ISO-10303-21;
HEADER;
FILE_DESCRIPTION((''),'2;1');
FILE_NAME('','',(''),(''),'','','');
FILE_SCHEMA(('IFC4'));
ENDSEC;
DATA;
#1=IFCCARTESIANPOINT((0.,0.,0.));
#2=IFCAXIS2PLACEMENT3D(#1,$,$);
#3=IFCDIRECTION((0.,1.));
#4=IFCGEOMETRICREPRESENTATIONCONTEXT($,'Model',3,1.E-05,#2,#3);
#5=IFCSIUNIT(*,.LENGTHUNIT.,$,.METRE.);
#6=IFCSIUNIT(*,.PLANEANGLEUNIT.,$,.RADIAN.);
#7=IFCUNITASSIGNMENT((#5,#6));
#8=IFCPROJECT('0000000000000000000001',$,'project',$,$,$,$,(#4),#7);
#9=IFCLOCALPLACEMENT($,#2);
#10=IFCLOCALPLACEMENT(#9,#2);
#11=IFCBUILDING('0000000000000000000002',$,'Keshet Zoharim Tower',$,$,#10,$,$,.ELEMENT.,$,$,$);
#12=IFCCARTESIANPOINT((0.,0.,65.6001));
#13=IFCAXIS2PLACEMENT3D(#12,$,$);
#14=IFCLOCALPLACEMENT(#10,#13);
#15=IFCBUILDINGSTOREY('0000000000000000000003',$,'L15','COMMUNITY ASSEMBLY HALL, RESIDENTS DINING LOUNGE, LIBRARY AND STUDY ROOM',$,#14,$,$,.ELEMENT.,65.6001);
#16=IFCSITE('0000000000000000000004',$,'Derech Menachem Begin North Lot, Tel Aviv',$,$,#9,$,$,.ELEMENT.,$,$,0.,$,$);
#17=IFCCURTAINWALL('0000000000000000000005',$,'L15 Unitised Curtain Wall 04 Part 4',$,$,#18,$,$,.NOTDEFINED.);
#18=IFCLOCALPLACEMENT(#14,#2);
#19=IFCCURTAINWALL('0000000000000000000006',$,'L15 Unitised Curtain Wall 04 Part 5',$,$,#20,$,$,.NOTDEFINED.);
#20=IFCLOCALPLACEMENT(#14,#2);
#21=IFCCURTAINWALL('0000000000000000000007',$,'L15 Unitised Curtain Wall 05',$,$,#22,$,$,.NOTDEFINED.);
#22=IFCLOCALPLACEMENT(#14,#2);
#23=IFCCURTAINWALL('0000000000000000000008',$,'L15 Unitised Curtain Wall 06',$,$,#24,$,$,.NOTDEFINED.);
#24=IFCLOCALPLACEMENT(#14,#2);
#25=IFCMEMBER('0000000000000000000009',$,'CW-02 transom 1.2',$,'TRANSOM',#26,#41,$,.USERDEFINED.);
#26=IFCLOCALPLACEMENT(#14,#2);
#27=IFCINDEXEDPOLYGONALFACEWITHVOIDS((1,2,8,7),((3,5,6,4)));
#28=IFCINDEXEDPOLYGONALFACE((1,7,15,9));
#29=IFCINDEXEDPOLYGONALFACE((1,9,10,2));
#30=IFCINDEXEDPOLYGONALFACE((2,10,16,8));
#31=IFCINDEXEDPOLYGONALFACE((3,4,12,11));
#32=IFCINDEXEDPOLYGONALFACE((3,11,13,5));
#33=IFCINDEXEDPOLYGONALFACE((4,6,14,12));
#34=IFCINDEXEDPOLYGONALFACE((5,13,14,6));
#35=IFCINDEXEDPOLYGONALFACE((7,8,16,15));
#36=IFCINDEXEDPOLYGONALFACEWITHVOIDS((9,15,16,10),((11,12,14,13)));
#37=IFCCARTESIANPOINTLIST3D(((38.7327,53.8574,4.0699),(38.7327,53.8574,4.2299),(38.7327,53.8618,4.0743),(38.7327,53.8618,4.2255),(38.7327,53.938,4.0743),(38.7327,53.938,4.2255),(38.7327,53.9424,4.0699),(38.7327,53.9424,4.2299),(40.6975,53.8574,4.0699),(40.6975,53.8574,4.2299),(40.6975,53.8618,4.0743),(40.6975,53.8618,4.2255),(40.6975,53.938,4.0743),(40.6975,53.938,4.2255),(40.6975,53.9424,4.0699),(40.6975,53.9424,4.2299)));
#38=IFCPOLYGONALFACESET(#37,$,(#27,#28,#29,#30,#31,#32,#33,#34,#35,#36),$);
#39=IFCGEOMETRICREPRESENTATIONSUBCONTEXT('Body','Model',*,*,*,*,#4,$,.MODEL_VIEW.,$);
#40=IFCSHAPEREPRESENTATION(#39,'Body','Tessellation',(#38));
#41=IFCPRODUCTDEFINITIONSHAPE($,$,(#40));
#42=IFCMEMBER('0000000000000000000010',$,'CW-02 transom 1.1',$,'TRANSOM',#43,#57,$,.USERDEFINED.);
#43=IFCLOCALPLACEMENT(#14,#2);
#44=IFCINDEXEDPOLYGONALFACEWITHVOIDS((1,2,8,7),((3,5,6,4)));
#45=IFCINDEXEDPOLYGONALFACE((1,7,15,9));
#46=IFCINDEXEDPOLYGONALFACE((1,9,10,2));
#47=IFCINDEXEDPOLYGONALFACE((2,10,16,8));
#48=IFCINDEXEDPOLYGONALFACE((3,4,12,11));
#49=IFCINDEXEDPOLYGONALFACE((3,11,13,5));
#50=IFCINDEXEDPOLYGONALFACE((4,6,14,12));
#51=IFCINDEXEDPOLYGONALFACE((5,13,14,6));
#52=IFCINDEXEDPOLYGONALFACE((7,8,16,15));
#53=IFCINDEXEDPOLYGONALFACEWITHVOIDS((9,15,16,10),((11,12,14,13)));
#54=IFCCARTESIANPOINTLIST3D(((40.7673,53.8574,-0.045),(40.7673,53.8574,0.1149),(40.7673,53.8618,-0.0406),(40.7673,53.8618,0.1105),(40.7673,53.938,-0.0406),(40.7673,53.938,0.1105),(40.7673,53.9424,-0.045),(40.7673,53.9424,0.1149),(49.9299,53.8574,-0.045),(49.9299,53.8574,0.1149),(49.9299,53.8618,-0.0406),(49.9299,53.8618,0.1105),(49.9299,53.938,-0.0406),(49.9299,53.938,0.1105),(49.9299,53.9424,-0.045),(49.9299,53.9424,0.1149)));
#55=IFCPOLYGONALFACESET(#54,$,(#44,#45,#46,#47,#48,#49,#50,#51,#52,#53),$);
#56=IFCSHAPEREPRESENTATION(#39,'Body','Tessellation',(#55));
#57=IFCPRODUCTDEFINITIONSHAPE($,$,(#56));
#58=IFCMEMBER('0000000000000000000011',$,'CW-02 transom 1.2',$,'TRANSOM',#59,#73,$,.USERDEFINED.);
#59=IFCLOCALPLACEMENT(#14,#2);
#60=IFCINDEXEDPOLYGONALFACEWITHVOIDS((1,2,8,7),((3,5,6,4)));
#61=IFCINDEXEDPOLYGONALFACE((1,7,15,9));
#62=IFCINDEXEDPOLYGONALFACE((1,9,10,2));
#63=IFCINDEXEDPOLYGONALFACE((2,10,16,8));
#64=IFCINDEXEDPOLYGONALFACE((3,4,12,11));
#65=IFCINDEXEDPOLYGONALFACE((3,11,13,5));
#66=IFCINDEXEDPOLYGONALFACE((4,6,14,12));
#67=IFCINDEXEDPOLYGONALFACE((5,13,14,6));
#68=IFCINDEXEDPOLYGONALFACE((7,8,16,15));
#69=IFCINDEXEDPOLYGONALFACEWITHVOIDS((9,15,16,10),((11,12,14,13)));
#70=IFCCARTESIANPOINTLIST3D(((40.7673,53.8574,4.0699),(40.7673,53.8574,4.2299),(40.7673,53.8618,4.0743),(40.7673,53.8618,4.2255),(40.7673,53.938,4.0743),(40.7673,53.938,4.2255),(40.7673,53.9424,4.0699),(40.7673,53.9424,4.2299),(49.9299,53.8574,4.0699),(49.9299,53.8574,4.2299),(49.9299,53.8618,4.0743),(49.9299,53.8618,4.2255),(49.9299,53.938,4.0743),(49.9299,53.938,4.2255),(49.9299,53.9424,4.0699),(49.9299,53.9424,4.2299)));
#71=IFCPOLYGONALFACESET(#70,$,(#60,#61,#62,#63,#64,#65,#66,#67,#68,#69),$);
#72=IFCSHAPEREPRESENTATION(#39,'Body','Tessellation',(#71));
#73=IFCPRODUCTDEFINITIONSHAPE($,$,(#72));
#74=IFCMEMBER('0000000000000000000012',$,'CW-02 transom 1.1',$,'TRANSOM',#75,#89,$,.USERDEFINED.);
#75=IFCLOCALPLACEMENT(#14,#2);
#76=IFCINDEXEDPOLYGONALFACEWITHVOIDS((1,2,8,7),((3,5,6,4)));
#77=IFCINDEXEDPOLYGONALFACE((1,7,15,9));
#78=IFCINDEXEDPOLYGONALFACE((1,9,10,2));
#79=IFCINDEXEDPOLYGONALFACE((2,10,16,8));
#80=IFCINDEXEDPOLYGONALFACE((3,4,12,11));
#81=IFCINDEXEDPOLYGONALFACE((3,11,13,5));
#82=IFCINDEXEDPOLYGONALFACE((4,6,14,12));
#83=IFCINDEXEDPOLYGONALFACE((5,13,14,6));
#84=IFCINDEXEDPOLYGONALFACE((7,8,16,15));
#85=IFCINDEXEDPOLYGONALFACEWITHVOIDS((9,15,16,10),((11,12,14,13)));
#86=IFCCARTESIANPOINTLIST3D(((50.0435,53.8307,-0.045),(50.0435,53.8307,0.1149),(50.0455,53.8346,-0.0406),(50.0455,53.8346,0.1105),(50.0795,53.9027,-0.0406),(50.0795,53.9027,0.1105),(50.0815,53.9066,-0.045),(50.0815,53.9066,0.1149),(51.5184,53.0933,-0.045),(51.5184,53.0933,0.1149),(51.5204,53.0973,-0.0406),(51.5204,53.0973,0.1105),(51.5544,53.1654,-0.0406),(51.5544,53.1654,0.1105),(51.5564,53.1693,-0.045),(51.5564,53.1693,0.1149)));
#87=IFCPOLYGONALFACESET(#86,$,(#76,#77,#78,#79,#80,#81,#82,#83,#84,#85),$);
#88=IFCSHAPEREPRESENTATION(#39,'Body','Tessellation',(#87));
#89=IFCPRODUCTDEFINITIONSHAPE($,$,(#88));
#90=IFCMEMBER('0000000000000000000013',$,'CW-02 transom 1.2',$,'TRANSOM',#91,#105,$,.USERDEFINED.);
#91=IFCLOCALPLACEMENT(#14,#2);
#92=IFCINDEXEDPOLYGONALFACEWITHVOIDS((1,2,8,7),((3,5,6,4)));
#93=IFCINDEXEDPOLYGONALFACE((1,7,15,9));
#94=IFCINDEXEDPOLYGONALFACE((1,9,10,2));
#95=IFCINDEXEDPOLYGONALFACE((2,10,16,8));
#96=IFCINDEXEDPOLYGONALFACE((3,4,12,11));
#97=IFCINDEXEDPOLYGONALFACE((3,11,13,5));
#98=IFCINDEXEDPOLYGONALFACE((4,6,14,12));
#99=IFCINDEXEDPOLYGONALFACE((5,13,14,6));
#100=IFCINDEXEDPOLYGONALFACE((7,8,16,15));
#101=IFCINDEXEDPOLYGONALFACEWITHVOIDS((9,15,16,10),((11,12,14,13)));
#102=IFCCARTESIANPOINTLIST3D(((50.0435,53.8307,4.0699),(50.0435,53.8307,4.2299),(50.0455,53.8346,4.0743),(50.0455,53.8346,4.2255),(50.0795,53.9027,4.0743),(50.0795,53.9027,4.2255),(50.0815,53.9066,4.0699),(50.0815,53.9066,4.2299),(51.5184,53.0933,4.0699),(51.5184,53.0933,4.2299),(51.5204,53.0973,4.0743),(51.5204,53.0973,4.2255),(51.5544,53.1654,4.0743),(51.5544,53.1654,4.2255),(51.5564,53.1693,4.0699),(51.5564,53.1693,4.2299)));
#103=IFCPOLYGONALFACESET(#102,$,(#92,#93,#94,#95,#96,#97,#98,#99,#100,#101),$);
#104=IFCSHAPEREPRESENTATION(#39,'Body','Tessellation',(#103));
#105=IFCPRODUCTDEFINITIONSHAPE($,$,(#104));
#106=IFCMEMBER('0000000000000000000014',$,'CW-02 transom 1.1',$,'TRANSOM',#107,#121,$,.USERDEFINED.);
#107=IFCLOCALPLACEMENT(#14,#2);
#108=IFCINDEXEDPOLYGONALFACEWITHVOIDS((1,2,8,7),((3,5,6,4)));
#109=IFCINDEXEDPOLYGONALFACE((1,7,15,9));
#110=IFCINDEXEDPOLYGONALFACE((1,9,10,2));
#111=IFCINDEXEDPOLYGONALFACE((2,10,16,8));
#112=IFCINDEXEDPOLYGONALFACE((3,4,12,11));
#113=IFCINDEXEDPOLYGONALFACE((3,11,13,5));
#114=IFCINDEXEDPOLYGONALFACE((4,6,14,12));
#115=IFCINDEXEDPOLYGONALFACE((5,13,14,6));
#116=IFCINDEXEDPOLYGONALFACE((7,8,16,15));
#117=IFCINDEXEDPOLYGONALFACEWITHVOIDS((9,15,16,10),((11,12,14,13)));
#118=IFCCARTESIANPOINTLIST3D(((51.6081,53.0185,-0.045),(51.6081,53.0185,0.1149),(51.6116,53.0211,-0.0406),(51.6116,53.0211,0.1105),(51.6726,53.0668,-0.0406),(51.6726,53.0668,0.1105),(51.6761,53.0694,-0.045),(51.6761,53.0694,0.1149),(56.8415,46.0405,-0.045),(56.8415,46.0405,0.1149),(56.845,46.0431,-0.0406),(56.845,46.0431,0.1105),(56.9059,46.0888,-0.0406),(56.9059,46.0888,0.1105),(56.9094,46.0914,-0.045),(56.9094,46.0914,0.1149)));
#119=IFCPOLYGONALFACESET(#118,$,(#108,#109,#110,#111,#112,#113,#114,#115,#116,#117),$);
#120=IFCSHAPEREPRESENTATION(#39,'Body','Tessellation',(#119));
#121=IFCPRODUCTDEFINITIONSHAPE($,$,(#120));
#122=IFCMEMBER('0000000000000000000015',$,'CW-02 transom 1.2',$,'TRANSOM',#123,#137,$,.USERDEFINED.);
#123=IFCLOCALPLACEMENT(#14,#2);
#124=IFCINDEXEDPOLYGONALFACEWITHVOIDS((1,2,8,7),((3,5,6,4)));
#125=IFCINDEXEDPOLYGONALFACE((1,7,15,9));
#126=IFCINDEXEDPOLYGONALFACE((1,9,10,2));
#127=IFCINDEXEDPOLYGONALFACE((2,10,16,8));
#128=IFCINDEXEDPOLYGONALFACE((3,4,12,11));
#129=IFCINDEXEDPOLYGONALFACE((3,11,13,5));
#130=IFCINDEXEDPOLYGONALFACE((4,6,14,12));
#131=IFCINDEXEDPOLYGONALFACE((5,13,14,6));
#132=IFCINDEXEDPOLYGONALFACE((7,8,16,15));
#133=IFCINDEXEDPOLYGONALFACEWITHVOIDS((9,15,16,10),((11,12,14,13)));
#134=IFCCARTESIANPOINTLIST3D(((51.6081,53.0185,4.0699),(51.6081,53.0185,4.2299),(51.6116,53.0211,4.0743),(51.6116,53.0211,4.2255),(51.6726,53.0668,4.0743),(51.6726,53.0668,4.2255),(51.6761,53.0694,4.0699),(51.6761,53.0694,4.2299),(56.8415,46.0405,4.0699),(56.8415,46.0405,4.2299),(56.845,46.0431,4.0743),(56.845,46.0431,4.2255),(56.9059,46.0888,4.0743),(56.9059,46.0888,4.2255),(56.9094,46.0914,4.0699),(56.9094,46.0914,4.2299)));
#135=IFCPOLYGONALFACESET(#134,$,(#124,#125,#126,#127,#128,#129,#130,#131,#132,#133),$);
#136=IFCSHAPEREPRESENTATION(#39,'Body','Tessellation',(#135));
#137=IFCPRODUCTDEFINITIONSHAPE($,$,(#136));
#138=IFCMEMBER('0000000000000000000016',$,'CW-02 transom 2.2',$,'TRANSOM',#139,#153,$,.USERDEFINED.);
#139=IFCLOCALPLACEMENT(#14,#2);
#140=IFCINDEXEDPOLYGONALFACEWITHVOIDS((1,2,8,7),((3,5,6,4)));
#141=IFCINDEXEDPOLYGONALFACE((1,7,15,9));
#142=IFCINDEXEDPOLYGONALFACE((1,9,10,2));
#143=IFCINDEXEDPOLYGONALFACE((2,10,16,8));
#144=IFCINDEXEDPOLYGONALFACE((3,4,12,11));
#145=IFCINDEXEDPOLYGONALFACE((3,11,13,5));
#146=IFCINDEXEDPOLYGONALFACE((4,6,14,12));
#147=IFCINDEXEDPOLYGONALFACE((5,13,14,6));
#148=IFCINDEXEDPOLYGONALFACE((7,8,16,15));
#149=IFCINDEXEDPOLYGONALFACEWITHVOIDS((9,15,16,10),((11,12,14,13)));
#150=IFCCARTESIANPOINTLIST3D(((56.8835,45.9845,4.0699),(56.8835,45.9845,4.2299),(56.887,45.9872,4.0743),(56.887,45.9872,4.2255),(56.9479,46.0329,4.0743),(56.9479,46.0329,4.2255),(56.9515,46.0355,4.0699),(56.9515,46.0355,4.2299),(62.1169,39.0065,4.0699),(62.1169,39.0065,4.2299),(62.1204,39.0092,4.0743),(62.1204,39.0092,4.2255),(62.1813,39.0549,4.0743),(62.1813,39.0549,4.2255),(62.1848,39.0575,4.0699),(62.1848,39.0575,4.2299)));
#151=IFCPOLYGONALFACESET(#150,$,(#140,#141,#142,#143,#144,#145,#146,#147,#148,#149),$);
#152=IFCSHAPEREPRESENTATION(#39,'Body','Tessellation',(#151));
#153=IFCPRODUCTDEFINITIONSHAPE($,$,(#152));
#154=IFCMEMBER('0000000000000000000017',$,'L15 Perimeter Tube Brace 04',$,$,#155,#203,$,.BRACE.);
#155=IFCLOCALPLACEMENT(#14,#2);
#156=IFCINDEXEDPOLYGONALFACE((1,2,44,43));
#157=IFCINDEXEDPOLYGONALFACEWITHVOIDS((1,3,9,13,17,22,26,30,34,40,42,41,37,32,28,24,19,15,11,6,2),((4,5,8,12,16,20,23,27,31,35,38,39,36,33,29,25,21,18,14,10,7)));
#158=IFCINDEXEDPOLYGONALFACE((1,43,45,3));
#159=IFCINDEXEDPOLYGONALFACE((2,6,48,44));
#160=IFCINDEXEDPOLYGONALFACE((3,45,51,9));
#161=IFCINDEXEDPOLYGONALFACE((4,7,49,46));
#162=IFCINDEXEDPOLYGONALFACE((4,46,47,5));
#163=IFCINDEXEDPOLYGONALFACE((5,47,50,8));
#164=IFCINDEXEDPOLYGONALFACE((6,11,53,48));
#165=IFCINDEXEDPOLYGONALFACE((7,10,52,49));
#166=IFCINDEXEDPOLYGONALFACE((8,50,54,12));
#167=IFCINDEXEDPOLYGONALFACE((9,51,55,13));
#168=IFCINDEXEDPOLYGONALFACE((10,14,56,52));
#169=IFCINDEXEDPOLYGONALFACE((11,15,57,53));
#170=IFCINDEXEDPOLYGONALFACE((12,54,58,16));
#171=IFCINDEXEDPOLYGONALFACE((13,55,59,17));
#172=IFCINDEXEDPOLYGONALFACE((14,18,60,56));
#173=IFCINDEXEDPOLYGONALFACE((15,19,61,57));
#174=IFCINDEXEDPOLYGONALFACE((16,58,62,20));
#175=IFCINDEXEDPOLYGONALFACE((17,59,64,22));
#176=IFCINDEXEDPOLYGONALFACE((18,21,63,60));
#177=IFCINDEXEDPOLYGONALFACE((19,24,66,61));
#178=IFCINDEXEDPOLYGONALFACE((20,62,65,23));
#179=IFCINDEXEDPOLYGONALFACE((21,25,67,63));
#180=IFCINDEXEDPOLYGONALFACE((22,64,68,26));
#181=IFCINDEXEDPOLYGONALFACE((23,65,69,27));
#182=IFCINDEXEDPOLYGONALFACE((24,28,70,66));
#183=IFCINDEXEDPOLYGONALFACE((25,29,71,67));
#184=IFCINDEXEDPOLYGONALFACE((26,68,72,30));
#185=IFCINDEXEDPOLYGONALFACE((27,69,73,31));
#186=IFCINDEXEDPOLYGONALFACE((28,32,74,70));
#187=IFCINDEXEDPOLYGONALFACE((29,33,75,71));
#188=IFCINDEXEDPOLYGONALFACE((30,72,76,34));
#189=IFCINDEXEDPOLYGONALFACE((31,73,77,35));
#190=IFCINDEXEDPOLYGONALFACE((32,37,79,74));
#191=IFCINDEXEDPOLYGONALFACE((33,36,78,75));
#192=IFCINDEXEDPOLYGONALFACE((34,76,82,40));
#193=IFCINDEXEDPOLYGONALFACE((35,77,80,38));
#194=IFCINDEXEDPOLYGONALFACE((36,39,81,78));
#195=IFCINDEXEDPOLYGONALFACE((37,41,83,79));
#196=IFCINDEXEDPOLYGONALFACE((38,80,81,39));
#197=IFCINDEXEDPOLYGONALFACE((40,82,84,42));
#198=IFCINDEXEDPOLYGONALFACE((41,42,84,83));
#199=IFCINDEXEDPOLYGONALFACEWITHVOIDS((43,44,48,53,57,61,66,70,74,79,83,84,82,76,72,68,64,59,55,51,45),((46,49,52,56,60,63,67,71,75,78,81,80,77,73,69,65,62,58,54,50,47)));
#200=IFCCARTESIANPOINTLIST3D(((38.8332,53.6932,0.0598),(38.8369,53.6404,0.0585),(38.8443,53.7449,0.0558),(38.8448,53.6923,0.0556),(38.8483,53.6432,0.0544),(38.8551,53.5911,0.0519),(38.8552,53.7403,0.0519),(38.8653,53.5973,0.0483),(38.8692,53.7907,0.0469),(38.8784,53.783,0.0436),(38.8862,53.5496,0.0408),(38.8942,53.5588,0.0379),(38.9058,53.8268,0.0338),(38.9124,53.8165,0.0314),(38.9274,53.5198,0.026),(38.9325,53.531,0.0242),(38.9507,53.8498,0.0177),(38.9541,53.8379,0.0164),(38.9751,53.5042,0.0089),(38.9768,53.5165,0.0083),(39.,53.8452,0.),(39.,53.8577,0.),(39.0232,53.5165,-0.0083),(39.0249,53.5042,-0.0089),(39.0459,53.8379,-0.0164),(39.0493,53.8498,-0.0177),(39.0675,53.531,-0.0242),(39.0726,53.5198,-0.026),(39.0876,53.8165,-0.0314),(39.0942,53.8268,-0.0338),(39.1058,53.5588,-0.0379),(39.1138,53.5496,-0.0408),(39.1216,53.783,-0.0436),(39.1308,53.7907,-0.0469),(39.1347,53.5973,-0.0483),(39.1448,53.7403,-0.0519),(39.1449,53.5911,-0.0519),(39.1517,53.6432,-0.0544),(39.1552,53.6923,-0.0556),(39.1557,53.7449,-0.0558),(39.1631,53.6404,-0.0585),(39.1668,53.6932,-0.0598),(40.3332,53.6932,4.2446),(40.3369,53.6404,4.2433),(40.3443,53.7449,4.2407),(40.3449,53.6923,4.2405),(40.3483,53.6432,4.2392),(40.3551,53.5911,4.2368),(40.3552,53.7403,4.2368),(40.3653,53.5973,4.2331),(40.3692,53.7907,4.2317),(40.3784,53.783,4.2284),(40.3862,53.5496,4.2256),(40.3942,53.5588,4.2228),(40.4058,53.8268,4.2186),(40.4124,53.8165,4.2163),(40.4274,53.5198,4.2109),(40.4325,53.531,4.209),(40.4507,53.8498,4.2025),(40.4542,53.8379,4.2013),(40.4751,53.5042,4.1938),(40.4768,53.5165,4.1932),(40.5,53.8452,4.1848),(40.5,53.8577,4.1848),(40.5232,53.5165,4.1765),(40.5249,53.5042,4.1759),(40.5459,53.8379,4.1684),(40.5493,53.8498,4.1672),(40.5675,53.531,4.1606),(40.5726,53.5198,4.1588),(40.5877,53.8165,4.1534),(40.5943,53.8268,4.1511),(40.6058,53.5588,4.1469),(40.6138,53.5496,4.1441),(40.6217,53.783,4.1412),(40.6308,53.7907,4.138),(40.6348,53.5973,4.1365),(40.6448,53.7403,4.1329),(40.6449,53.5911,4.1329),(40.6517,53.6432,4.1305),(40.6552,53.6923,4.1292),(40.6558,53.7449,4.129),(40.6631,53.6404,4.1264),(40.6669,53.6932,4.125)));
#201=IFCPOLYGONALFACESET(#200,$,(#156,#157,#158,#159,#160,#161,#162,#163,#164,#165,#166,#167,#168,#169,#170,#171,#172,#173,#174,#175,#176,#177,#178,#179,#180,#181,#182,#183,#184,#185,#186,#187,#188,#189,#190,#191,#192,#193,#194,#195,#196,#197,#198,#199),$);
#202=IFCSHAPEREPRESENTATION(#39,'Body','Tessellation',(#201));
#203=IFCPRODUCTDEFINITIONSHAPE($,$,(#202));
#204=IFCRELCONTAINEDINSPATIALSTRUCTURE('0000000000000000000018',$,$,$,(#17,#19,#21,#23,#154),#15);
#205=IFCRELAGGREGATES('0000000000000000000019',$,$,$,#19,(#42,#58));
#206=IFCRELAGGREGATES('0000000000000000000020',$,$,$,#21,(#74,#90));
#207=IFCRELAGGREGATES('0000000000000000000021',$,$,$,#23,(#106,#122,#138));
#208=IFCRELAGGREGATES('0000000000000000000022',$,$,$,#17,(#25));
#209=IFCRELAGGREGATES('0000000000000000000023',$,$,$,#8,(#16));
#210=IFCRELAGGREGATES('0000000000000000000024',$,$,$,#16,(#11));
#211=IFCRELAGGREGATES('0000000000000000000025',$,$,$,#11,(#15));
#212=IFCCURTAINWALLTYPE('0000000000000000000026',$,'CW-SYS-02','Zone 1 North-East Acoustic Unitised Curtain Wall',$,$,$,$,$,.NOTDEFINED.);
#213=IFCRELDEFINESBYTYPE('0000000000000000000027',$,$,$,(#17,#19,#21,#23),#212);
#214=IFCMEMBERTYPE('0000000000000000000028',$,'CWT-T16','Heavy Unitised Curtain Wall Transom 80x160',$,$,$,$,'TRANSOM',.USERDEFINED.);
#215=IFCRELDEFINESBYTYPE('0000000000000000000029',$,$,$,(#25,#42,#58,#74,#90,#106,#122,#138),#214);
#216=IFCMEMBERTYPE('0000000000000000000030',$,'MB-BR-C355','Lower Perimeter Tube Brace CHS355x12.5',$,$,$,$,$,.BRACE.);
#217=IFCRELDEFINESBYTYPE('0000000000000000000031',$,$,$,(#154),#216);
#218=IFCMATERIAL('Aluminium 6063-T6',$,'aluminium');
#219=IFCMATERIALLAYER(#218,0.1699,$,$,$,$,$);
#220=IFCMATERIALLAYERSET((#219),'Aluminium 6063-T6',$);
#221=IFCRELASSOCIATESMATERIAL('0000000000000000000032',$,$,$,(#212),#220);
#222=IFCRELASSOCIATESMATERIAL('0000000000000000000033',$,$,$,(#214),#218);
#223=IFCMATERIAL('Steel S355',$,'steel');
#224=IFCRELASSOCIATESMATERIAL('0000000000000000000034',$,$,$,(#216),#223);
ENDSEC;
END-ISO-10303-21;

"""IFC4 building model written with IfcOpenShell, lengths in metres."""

from ifc_helpers import new_model, si_unit, direction, frame, origin, origin_2d, place, context, subcontext, project, spatial, hollow_rectangle, hollow_circle, extrude, material, layer, layer_set, material_profile, profile_set, type_object, element, aggregate, save


model = new_model("IFC4")

# Units and contexts
model_context = context("Model", 3, precision=1e-05, world=origin(), true_north=direction((0.0, 1.0)))
body_context = subcontext(model_context, "Body", "Model", "MODEL_VIEW")
ifc_project = project(units=[si_unit("LENGTHUNIT", "METRE"), si_unit("PLANEANGLEUNIT", "RADIAN")], contexts=[model_context])

# Site, building, storey
site_placement = place(None, origin())
site = spatial("IfcSite", under=ifc_project, at=site_placement, Name="Derech Menachem Begin North Lot, Tel Aviv", CompositionType="ELEMENT", RefElevation=0.0)
building_placement = place(site_placement, origin())
building = spatial("IfcBuilding", under=site, at=building_placement, Name="Keshet Zoharim Tower", CompositionType="ELEMENT")
storey_placement = place(building_placement, frame((0.0, 0.0, 65.6001)))
storey = spatial("IfcBuildingStorey", under=building, at=storey_placement, Name="L15", Description="COMMUNITY ASSEMBLY HALL, RESIDENTS DINING LOUNGE, LIBRARY AND STUDY ROOM", CompositionType="ELEMENT", Elevation=65.6001)

# Shared definitions
ifc_material_1 = material(Name="Steel S355", Category="steel")

# Curtain walls
ifc_material_2 = material(Name="Aluminium 6063-T6", Category="aluminium")
ifc_layer_1 = layer(ifc_material_2, 0.1699)
ifc_layer_set_1 = layer_set([ifc_layer_1], Name="Aluminium 6063-T6")
curtain_wall_type = type_object("IfcCurtainWallType", Name="CW-SYS-02", Description="Zone 1 North-East Acoustic Unitised Curtain Wall", PredefinedType="NOTDEFINED", material=ifc_layer_set_1)
curtain_wall_1_placement = place(storey_placement, origin())
curtain_wall_1 = element("IfcCurtainWall", 1, at=curtain_wall_1_placement, inside=storey, type_object=curtain_wall_type, Name="L15 Unitised Curtain Wall 04 Part 4", PredefinedType="NOTDEFINED")
curtain_wall_2_placement = place(storey_placement, origin())
curtain_wall_2 = element("IfcCurtainWall", 2, at=curtain_wall_2_placement, inside=storey, type_object=curtain_wall_type, Name="L15 Unitised Curtain Wall 04 Part 5", PredefinedType="NOTDEFINED")

# Curtain walls
curtain_wall_3_placement = place(storey_placement, origin())
curtain_wall_3 = element("IfcCurtainWall", 3, at=curtain_wall_3_placement, inside=storey, type_object=curtain_wall_type, Name="L15 Unitised Curtain Wall 05", PredefinedType="NOTDEFINED")
curtain_wall_4_placement = place(storey_placement, origin())
curtain_wall_4 = element("IfcCurtainWall", 4, at=curtain_wall_4_placement, inside=storey, type_object=curtain_wall_type, Name="L15 Unitised Curtain Wall 06", PredefinedType="NOTDEFINED")

# Members
ifc_material_profile_1 = material_profile(ifc_material_2, hollow_rectangle(XDim=0.085, YDim=0.1599, WallThickness=0.0044, at=origin_2d()), Name="TRN-85x160")
ifc_profile_set_1 = profile_set([ifc_material_profile_1], Name="Aluminium 6063-T6")
member_type_1 = type_object("IfcMemberType", Name="CWT-T16", Description="Heavy Unitised Curtain Wall Transom 80x160", ElementType="TRANSOM", PredefinedType="USERDEFINED", material=ifc_profile_set_1)
member_1_placement = place(storey_placement, frame((38.7327, 53.8999, 4.1499), z_axis=(1.0, 0.0, 0.0), x_axis=(0.0, 1.0, 0.0)))
member_1 = element("IfcMember", 5, at=member_1_placement, type_object=member_type_1, Name="CW-02 transom 1.2", ObjectType="TRANSOM", PredefinedType="USERDEFINED", context=body_context, shape_type="SweptSolid", body=[
    extrude(hollow_rectangle(XDim=0.085, YDim=0.1599, WallThickness=0.0044, at=origin_2d()), origin(), (0.0, 0.0, 1.0), 1.9648),
])
member_2_placement = place(storey_placement, frame((40.7673, 53.8999, 0.0349), z_axis=(1.0, 0.0, 0.0), x_axis=(0.0, 1.0, 0.0)))
member_2 = element("IfcMember", 6, at=member_2_placement, type_object=member_type_1, Name="CW-02 transom 1.1", ObjectType="TRANSOM", PredefinedType="USERDEFINED", context=body_context, shape_type="SweptSolid", body=[
    extrude(hollow_rectangle(XDim=0.085, YDim=0.1599, WallThickness=0.0044, at=origin_2d()), origin(), (0.0, 0.0, 1.0), 9.1626),
])
member_3_placement = place(storey_placement, frame((40.7673, 53.8999, 4.1499), z_axis=(1.0, 0.0, 0.0), x_axis=(0.0, 1.0, 0.0)))
member_3 = element("IfcMember", 7, at=member_3_placement, type_object=member_type_1, Name="CW-02 transom 1.2", ObjectType="TRANSOM", PredefinedType="USERDEFINED", context=body_context, shape_type="SweptSolid", body=[
    extrude(hollow_rectangle(XDim=0.085, YDim=0.1599, WallThickness=0.0044, at=origin_2d()), origin(), (0.0, 0.0, 1.0), 9.1626),
])
member_4_placement = place(storey_placement, frame((50.0625, 53.8687, 0.0349), z_axis=(0.894457, -0.447154, 0.0), x_axis=(0.447154, 0.894457, 0.0)))
member_4 = element("IfcMember", 8, at=member_4_placement, type_object=member_type_1, Name="CW-02 transom 1.1", ObjectType="TRANSOM", PredefinedType="USERDEFINED", context=body_context, shape_type="SweptSolid", body=[
    extrude(hollow_rectangle(XDim=0.085, YDim=0.1599, WallThickness=0.0044, at=origin_2d()), origin(), (0.0, 0.0, 1.0), 1.6489),
])
member_5_placement = place(storey_placement, frame((50.0625, 53.8687, 4.1499), z_axis=(0.894457, -0.447154, 0.0), x_axis=(0.447154, 0.894457, 0.0)))
member_5 = element("IfcMember", 9, at=member_5_placement, type_object=member_type_1, Name="CW-02 transom 1.2", ObjectType="TRANSOM", PredefinedType="USERDEFINED", context=body_context, shape_type="SweptSolid", body=[
    extrude(hollow_rectangle(XDim=0.085, YDim=0.1599, WallThickness=0.0044, at=origin_2d()), origin(), (0.0, 0.0, 1.0), 1.6489),
])
member_6_placement = place(storey_placement, frame((51.6421, 53.0439, 0.0349), z_axis=(0.599991, -0.800007, 0.0), x_axis=(0.800007, 0.599991, 0.0)))
member_6 = element("IfcMember", 10, at=member_6_placement, type_object=member_type_1, Name="CW-02 transom 1.1", ObjectType="TRANSOM", PredefinedType="USERDEFINED", context=body_context, shape_type="SweptSolid", body=[
    extrude(hollow_rectangle(XDim=0.085, YDim=0.1599, WallThickness=0.0044, at=origin_2d()), origin(), (0.0, 0.0, 1.0), 8.7224),
])
member_7_placement = place(storey_placement, frame((51.6421, 53.0439, 4.1499), z_axis=(0.599991, -0.800007, 0.0), x_axis=(0.800007, 0.599991, 0.0)))
member_7 = element("IfcMember", 11, at=member_7_placement, type_object=member_type_1, Name="CW-02 transom 1.2", ObjectType="TRANSOM", PredefinedType="USERDEFINED", context=body_context, shape_type="SweptSolid", body=[
    extrude(hollow_rectangle(XDim=0.085, YDim=0.1599, WallThickness=0.0044, at=origin_2d()), origin(), (0.0, 0.0, 1.0), 8.7224),
])
member_8_placement = place(storey_placement, frame((56.9175, 46.01, 4.1499), z_axis=(0.599991, -0.800007, 0.0), x_axis=(0.800007, 0.599991, 0.0)))
member_8 = element("IfcMember", 12, at=member_8_placement, type_object=member_type_1, Name="CW-02 transom 2.2", ObjectType="TRANSOM", PredefinedType="USERDEFINED", context=body_context, shape_type="SweptSolid", body=[
    extrude(hollow_rectangle(XDim=0.085, YDim=0.1599, WallThickness=0.0044, at=origin_2d()), origin(), (0.0, 0.0, 1.0), 8.7224),
])
ifc_material_profile_2 = material_profile(ifc_material_1, hollow_circle(Radius=0.1777, WallThickness=0.0125, at=origin_2d()), Name="CHS355x12.5")
ifc_profile_set_2 = profile_set([ifc_material_profile_2], Name="Steel S355")
member_type_2 = type_object("IfcMemberType", Name="MB-BR-C355", Description="Lower Perimeter Tube Brace CHS355x12.5", PredefinedType="BRACE", material=ifc_profile_set_2)
member_9_placement = place(storey_placement, frame((39.0, 53.6799, 0.0), z_axis=(0.337418, 0.0, 0.941355), x_axis=(0.0, 1.0, 0.0)))
element("IfcMember", 13, at=member_9_placement, inside=storey, type_object=member_type_2, Name="L15 Perimeter Tube Brace 04", PredefinedType="BRACE", context=body_context, shape_type="SweptSolid", body=[
    extrude(hollow_circle(Radius=0.1777, WallThickness=0.0125, at=origin_2d()), origin(), (0.0, 0.0, 1.0), 4.4456),
])

aggregate(curtain_wall_2, [member_2, member_3])
aggregate(curtain_wall_3, [member_4, member_5])
aggregate(curtain_wall_4, [member_6, member_7, member_8])
aggregate(curtain_wall_1, [member_1])

save(model, "model.ifc")
